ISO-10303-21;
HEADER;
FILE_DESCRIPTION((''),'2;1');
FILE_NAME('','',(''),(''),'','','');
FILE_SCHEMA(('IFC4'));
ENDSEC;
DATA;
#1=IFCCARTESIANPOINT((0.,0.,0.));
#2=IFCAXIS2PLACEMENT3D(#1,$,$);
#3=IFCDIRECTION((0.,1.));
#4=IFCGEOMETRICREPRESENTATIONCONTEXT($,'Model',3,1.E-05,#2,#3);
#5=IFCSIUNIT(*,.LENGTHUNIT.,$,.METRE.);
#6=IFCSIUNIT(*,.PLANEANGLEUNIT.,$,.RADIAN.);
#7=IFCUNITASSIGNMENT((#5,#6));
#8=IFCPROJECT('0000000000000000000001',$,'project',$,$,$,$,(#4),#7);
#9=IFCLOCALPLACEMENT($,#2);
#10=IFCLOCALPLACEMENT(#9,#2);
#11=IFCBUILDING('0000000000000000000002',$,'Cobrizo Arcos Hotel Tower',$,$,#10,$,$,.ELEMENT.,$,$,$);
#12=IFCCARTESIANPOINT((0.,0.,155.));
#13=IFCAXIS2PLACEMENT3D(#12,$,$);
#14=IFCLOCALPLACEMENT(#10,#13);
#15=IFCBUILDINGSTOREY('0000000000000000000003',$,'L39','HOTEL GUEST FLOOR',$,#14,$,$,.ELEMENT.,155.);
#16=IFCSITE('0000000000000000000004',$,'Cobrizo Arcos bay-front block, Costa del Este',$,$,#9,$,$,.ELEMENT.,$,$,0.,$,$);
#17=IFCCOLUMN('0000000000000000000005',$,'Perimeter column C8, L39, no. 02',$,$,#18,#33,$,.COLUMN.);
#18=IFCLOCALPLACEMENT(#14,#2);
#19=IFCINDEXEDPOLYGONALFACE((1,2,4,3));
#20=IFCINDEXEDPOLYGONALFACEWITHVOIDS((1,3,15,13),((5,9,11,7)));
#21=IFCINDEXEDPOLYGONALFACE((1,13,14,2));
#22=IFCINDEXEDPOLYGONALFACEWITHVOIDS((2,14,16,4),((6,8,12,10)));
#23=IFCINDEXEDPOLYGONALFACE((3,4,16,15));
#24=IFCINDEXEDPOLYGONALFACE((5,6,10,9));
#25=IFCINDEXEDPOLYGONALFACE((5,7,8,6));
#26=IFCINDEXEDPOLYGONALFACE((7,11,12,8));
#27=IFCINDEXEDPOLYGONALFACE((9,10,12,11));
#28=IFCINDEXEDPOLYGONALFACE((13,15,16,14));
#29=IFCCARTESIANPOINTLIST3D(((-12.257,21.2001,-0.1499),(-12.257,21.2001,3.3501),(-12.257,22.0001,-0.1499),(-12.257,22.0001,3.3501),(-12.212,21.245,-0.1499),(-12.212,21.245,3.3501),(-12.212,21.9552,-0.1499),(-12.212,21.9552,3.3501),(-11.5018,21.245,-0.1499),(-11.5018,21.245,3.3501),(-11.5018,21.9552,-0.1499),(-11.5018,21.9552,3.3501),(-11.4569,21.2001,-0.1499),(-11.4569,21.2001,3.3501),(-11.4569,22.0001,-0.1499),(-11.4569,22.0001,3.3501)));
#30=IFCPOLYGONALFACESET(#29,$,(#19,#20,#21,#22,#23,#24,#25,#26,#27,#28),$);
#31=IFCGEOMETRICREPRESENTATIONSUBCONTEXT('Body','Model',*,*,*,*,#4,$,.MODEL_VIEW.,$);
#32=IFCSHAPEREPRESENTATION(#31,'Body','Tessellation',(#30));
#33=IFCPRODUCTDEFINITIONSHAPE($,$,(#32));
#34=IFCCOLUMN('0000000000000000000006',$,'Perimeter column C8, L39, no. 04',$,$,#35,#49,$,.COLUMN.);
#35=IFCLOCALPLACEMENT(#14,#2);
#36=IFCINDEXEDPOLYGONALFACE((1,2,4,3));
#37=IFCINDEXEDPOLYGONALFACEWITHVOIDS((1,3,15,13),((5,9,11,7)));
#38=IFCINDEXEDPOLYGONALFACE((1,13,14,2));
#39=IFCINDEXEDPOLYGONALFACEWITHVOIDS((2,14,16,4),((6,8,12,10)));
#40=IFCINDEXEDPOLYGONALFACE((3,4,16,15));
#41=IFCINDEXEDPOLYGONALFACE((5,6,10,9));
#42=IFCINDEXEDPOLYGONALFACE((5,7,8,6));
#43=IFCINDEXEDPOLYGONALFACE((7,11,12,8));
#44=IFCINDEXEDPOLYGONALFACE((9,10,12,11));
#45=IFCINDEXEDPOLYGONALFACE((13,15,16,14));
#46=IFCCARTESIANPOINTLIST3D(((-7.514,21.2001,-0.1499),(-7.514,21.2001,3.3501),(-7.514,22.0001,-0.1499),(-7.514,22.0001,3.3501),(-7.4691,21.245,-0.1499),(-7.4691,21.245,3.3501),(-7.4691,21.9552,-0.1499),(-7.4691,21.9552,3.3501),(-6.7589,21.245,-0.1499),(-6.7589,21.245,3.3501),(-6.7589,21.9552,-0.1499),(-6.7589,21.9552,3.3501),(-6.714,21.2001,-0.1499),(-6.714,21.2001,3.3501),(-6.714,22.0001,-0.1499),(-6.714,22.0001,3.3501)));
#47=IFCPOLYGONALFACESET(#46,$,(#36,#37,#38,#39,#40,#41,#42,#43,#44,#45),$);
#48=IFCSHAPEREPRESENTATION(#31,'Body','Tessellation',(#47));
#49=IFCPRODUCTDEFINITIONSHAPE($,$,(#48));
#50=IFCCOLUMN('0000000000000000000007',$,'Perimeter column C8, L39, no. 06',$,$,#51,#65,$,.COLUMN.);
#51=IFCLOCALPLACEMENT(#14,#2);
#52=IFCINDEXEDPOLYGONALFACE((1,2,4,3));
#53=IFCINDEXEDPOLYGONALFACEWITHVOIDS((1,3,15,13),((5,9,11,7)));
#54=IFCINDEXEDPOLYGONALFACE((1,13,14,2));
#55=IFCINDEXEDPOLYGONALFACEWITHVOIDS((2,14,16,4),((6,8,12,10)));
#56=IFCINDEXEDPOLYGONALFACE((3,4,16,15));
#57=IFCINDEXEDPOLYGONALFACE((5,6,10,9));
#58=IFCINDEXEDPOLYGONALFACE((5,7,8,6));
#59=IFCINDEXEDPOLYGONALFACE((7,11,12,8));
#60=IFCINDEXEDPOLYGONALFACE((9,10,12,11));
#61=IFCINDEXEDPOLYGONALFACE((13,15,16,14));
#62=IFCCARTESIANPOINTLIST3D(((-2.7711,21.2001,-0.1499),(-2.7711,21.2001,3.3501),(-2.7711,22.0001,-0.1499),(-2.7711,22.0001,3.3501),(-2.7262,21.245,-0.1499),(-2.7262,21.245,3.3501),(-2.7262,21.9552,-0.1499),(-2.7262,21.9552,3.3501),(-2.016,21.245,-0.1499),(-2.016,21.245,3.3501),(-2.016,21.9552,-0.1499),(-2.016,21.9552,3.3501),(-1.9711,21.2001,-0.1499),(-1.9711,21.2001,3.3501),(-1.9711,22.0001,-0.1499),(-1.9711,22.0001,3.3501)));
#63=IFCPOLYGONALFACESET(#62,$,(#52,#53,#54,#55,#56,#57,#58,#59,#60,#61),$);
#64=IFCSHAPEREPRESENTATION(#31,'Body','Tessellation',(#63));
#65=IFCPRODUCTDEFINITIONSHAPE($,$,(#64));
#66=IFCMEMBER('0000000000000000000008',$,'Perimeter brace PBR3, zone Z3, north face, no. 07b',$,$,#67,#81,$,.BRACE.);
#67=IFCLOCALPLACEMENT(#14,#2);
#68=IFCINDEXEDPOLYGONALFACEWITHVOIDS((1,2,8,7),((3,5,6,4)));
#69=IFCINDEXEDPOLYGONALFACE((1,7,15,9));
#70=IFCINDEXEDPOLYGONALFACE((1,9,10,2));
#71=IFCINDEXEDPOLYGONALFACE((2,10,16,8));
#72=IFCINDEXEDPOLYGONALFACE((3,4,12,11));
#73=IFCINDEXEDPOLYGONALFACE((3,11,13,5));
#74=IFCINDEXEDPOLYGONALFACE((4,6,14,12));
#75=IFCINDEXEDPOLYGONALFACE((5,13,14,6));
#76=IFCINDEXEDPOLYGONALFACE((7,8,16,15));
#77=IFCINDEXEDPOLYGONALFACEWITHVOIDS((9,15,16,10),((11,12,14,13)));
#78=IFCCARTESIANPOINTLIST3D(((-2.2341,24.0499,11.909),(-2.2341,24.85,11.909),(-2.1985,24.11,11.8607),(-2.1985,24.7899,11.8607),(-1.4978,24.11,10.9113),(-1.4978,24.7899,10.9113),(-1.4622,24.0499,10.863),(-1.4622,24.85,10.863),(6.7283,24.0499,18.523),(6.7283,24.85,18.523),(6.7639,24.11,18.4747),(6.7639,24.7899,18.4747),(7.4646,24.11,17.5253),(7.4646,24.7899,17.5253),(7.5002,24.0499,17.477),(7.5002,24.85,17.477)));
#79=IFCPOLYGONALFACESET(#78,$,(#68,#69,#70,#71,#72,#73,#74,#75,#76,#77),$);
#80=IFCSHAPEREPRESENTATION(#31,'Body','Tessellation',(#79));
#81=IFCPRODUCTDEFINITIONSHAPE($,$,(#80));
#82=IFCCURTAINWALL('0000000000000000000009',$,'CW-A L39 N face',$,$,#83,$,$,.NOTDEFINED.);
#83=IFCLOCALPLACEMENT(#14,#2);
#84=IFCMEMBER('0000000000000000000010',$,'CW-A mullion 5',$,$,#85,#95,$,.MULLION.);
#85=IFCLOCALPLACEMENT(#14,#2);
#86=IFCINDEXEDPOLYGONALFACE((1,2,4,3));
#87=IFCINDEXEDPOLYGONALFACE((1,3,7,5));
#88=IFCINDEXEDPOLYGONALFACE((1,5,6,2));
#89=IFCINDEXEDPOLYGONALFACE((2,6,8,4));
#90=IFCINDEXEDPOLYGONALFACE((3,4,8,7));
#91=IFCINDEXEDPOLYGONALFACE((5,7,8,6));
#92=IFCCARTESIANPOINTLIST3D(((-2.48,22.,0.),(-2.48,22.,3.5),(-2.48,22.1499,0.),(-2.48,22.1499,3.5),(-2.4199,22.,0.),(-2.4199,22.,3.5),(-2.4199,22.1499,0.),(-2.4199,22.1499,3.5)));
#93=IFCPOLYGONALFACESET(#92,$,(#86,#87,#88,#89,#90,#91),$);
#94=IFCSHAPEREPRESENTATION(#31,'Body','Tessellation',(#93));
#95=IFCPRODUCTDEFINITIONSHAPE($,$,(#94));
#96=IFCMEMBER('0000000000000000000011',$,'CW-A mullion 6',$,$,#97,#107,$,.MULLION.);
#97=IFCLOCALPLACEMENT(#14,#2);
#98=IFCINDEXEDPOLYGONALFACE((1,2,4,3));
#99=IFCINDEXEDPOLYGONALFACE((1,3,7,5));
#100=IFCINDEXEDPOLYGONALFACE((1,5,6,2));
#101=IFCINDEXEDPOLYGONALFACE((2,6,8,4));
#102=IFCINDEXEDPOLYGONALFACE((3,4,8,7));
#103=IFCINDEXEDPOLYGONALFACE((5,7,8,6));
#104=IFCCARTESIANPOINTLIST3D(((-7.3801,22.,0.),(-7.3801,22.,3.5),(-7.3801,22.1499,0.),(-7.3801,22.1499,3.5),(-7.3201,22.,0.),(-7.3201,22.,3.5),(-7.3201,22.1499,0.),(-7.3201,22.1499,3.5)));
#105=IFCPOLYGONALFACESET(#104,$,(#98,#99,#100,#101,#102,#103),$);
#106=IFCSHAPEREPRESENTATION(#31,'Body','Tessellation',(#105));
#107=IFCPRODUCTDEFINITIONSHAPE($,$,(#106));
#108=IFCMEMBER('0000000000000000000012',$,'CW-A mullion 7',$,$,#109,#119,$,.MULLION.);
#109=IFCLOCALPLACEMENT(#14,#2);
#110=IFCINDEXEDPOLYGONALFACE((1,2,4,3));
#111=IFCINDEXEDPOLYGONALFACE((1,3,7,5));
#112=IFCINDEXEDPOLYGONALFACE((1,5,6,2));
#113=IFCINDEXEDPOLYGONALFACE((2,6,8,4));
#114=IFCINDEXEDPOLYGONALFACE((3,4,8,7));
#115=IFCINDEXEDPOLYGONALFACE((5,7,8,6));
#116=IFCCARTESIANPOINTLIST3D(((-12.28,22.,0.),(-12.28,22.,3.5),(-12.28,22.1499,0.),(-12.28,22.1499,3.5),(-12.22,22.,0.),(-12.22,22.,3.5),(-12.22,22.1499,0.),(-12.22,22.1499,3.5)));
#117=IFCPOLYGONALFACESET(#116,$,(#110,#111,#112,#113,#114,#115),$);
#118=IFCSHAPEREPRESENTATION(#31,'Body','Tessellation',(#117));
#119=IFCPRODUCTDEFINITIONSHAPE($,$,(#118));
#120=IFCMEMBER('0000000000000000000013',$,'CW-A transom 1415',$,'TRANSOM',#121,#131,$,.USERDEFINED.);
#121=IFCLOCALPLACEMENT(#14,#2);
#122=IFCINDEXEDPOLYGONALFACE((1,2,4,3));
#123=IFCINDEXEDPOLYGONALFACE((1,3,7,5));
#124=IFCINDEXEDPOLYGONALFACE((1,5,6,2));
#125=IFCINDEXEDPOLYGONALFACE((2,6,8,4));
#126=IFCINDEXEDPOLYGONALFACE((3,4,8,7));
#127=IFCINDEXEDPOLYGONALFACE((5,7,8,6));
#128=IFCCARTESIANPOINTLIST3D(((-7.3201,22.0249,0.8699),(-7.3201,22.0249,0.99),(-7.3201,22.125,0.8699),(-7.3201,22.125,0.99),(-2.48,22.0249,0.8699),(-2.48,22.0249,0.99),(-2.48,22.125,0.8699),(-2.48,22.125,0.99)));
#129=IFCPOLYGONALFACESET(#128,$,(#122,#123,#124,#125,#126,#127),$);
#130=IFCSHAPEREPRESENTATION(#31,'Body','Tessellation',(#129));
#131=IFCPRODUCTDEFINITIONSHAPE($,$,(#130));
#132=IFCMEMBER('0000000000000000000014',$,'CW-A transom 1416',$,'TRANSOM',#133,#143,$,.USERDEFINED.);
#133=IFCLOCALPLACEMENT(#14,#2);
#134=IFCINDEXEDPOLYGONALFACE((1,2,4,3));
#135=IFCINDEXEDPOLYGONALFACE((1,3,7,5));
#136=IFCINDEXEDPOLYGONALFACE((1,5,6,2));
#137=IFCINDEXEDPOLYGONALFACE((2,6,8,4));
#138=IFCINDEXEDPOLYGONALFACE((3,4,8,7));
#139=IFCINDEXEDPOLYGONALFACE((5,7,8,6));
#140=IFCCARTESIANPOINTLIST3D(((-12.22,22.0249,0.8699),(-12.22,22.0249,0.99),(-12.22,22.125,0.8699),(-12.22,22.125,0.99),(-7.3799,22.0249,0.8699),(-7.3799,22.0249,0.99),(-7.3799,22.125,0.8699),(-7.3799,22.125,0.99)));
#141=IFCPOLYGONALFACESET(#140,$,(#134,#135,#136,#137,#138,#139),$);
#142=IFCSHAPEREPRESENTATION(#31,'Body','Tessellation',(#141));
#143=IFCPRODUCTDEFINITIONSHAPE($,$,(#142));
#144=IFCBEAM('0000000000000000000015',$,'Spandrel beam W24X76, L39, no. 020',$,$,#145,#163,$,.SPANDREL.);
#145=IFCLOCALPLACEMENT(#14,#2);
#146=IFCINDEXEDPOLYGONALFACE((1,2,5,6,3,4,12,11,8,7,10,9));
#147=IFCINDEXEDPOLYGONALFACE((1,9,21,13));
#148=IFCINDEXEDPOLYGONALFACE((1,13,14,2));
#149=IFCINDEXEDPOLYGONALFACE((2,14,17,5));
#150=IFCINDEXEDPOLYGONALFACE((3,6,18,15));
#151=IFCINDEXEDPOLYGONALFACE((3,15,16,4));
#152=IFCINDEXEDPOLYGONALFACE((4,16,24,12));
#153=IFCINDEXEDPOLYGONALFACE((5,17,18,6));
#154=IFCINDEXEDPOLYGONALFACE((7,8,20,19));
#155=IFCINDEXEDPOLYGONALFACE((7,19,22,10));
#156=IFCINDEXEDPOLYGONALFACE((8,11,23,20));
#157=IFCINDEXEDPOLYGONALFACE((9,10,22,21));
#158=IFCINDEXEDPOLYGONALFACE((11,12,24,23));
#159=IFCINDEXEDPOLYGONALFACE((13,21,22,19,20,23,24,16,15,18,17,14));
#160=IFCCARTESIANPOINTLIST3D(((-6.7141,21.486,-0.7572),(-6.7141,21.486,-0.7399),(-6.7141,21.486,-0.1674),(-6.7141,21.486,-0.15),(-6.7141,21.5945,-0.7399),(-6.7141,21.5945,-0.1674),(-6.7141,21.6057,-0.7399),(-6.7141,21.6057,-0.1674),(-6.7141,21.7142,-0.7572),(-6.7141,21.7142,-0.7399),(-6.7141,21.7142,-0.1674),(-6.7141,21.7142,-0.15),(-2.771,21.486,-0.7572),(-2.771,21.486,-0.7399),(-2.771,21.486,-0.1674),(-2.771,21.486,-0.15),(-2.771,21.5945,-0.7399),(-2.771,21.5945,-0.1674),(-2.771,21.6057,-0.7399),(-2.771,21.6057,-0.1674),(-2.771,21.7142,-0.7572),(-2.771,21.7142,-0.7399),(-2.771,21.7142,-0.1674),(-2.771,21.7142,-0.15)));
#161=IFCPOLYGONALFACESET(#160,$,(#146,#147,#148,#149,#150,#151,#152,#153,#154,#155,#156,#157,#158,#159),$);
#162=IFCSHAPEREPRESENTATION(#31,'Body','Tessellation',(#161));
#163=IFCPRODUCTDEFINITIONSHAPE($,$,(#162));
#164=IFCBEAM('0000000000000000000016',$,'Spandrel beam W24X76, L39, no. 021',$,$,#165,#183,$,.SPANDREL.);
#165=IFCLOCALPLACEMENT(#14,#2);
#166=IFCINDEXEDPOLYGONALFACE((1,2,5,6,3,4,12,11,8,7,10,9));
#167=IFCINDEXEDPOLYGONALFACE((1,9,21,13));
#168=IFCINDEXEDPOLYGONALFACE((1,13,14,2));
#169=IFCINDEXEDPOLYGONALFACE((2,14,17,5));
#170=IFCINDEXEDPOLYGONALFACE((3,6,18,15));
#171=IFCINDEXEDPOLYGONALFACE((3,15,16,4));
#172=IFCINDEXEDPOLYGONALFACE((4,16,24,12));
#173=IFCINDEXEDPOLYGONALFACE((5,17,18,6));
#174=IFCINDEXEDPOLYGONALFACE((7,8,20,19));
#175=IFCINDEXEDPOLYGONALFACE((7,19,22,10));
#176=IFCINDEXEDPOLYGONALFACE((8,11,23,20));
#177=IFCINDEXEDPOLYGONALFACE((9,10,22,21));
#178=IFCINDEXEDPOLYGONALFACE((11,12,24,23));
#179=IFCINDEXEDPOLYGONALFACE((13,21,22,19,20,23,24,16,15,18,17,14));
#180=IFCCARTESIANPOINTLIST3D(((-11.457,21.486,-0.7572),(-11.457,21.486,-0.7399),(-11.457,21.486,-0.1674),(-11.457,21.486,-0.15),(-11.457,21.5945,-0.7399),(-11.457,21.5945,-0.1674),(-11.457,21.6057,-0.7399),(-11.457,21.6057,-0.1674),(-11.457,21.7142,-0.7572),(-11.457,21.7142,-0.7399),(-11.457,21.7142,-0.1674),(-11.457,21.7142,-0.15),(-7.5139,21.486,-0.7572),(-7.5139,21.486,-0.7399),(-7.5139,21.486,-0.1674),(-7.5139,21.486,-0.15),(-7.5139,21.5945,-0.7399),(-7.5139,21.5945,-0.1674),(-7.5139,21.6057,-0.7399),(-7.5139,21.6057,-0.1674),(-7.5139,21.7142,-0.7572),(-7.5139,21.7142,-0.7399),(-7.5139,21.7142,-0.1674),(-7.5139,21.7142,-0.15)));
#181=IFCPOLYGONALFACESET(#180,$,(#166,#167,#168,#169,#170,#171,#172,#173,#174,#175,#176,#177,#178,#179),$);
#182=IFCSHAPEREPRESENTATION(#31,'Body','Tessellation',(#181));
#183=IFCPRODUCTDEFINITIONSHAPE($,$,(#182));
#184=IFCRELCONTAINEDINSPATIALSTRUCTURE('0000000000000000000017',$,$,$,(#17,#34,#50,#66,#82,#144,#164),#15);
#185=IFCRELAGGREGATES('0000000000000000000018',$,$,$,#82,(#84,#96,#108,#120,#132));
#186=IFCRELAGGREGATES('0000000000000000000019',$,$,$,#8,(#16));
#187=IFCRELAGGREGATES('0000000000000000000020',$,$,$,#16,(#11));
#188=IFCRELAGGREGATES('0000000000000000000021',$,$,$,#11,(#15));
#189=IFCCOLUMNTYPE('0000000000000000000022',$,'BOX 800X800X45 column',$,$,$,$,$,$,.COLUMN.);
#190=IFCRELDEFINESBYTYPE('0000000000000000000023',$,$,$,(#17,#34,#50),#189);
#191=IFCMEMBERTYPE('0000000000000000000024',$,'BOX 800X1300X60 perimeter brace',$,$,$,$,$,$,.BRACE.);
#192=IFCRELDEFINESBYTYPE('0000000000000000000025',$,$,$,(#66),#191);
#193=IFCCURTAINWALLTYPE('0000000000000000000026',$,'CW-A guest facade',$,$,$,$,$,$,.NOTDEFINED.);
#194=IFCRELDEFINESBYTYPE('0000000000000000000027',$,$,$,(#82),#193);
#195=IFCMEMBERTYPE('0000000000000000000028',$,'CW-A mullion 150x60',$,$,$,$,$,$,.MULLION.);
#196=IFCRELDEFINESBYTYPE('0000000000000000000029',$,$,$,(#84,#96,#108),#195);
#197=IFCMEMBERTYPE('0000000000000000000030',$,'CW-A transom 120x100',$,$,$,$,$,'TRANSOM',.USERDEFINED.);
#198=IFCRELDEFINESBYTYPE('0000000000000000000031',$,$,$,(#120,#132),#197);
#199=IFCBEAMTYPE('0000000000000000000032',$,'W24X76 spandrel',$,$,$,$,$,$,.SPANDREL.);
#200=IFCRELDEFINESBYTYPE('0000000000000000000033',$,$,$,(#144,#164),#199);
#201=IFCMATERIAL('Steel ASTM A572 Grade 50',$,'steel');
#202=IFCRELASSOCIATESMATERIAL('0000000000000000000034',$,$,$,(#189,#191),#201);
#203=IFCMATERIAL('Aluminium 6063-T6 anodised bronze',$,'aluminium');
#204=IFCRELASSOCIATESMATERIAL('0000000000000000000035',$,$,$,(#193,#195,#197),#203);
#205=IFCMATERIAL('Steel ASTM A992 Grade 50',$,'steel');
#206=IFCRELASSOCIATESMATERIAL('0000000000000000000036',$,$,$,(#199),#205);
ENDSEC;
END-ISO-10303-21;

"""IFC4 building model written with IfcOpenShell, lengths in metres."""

from ifc_helpers import new_model, si_unit, direction, frame, origin, origin_2d, place, context, subcontext, project, spatial, rectangle, hollow_rectangle, i_section, extrude, material, material_profile, profile_set, type_object, element, aggregate, save


model = new_model("IFC4")

# Units and contexts
model_context = context("Model", 3, precision=1e-05, world=origin(), true_north=direction((0.0, 1.0)))
body_context = subcontext(model_context, "Body", "Model", "MODEL_VIEW")
ifc_project = project(units=[si_unit("LENGTHUNIT", "METRE"), si_unit("PLANEANGLEUNIT", "RADIAN")], contexts=[model_context])

# Site, building, storey
site_placement = place(None, origin())
site = spatial("IfcSite", under=ifc_project, at=site_placement, Name="Cobrizo Arcos bay-front block, Costa del Este", CompositionType="ELEMENT", RefElevation=0.0)
building_placement = place(site_placement, origin())
building = spatial("IfcBuilding", under=site, at=building_placement, Name="Cobrizo Arcos Hotel Tower", CompositionType="ELEMENT")
storey_placement = place(building_placement, frame((0.0, 0.0, 155.0)))
storey = spatial("IfcBuildingStorey", under=building, at=storey_placement, Name="L39", Description="HOTEL GUEST FLOOR", CompositionType="ELEMENT", Elevation=155.0)

# Columns
ifc_material_1 = material(Name="Steel ASTM A572 Grade 50", Category="steel")
ifc_material_profile_1 = material_profile(ifc_material_1, hollow_rectangle(XDim=0.8, YDim=0.8, WallThickness=0.0449, at=origin_2d()), Name="BOX 800X800X45")
ifc_profile_set_1 = profile_set([ifc_material_profile_1], Name="Steel ASTM A572 Grade 50")
column_type = type_object("IfcColumnType", Name="BOX 800X800X45 column", PredefinedType="COLUMN", material=ifc_profile_set_1)
for number, where, z_axis, x_axis, name in (
    (1, (-11.8569, 21.6001, -0.1499), (0.0, 0.0, 1.0), (1.0, 0.0, 0.0), "Perimeter column C8, L39, no. 02"),
    (2, (-7.114, 21.6001, -0.1499), (0.0, 0.0, 1.0), (1.0, 0.0, 0.0), "Perimeter column C8, L39, no. 04"),
    (3, (-2.3711, 21.6001, -0.1499), (0.0, 0.0, 1.0), (1.0, 0.0, 0.0), "Perimeter column C8, L39, no. 06"),
):
    element("IfcColumn", number, at=place(storey_placement, frame(where, z_axis=z_axis, x_axis=x_axis)), inside=storey, type_object=column_type, Name=name, PredefinedType="COLUMN", context=body_context, shape_type="SweptSolid", body=[
        extrude(hollow_rectangle(XDim=0.8, YDim=0.8, WallThickness=0.0449, at=origin_2d()), origin(), (0.0, 0.0, 1.0), 3.5),
    ])

# Member
ifc_material_profile_2 = material_profile(ifc_material_1, hollow_rectangle(XDim=0.8, YDim=1.3, WallThickness=0.0601, at=origin_2d()), Name="BOX 800X1300X60")
ifc_profile_set_2 = profile_set([ifc_material_profile_2], Name="Steel ASTM A572 Grade 50")
member_type_1 = type_object("IfcMemberType", Name="BOX 800X1300X60 perimeter brace", PredefinedType="BRACE", material=ifc_profile_set_2)
member_1_placement = place(storey_placement, frame((-1.8481, 24.45, 11.386), z_axis=(0.804621, 0.0, 0.593789), x_axis=(0.0, 1.0, 0.0)))
element("IfcMember", 4, at=member_1_placement, inside=storey, type_object=member_type_1, Name="Perimeter brace PBR3, zone Z3, north face, no. 07b", PredefinedType="BRACE", context=body_context, shape_type="SweptSolid", body=[
    extrude(hollow_rectangle(XDim=0.8, YDim=1.3, WallThickness=0.0601, at=origin_2d()), origin(), (0.0, 0.0, 1.0), 11.1387),
])

# Curtain wall, members
ifc_material_2 = material(Name="Aluminium 6063-T6 anodised bronze", Category="aluminium")
curtain_wall_type = type_object("IfcCurtainWallType", Name="CW-A guest facade", PredefinedType="NOTDEFINED", material=ifc_material_2)
curtain_wall_placement = place(storey_placement, origin())
curtain_wall = element("IfcCurtainWall", 5, at=curtain_wall_placement, inside=storey, type_object=curtain_wall_type, Name="CW-A L39 N face", PredefinedType="NOTDEFINED")
ifc_material_profile_3 = material_profile(ifc_material_2, rectangle(XDim=0.1499, YDim=0.0601, at=origin_2d()), Name="CW-A mullion 150x60")
ifc_profile_set_3 = profile_set([ifc_material_profile_3], Name="Aluminium 6063-T6 anodised bronze")
member_type_2 = type_object("IfcMemberType", Name="CW-A mullion 150x60", PredefinedType="MULLION", material=ifc_profile_set_3)
member_2_placement = place(storey_placement, frame((-2.45, 22.075, 0.0), z_axis=(0.0, 0.0, 1.0), x_axis=(0.0, 1.0, 0.0)))
member_2 = element("IfcMember", 6, at=member_2_placement, type_object=member_type_2, Name="CW-A mullion 5", PredefinedType="MULLION", context=body_context, shape_type="SweptSolid", body=[
    extrude(rectangle(XDim=0.1499, YDim=0.0601, at=origin_2d()), origin(), (0.0, 0.0, 1.0), 3.5),
])
member_3_placement = place(storey_placement, frame((-7.3501, 22.075, 0.0), z_axis=(0.0, 0.0, 1.0), x_axis=(0.0, 1.0, 0.0)))
member_3 = element("IfcMember", 7, at=member_3_placement, type_object=member_type_2, Name="CW-A mullion 6", PredefinedType="MULLION", context=body_context, shape_type="SweptSolid", body=[
    extrude(rectangle(XDim=0.1499, YDim=0.0601, at=origin_2d()), origin(), (0.0, 0.0, 1.0), 3.5),
])
member_4_placement = place(storey_placement, frame((-12.25, 22.075, 0.0), z_axis=(0.0, 0.0, 1.0), x_axis=(0.0, 1.0, 0.0)))
member_4 = element("IfcMember", 8, at=member_4_placement, type_object=member_type_2, Name="CW-A mullion 7", PredefinedType="MULLION", context=body_context, shape_type="SweptSolid", body=[
    extrude(rectangle(XDim=0.1499, YDim=0.0601, at=origin_2d()), origin(), (0.0, 0.0, 1.0), 3.5),
])
ifc_material_profile_4 = material_profile(ifc_material_2, rectangle(XDim=0.1001, YDim=0.1201, at=origin_2d()), Name="CW-A transom 120x100")
ifc_profile_set_4 = profile_set([ifc_material_profile_4], Name="Aluminium 6063-T6 anodised bronze")
member_type_3 = type_object("IfcMemberType", Name="CW-A transom 120x100", ElementType="TRANSOM", PredefinedType="USERDEFINED", material=ifc_profile_set_4)
member_5_placement = place(storey_placement, frame((-2.48, 22.075, 0.9299), z_axis=(-1.0, 0.0, 0.0), x_axis=(0.0, -1.0, 0.0)))
member_5 = element("IfcMember", 9, at=member_5_placement, type_object=member_type_3, Name="CW-A transom 1415", ObjectType="TRANSOM", PredefinedType="USERDEFINED", context=body_context, shape_type="SweptSolid", body=[
    extrude(rectangle(XDim=0.1001, YDim=0.1201, at=origin_2d()), origin(), (0.0, 0.0, 1.0), 4.8401),
])
member_6_placement = place(storey_placement, frame((-7.3799, 22.075, 0.9299), z_axis=(-1.0, 0.0, 0.0), x_axis=(0.0, -1.0, 0.0)))
member_6 = element("IfcMember", 10, at=member_6_placement, type_object=member_type_3, Name="CW-A transom 1416", ObjectType="TRANSOM", PredefinedType="USERDEFINED", context=body_context, shape_type="SweptSolid", body=[
    extrude(rectangle(XDim=0.1001, YDim=0.1201, at=origin_2d()), origin(), (0.0, 0.0, 1.0), 4.8401),
])

# Beams
ifc_material_3 = material(Name="Steel ASTM A992 Grade 50", Category="steel")
ifc_material_profile_5 = material_profile(ifc_material_3, i_section(OverallWidth=0.2283, OverallDepth=0.6072, WebThickness=0.0112, FlangeThickness=0.0173, at=origin_2d()), Name="W24X76")
ifc_profile_set_5 = profile_set([ifc_material_profile_5], Name="Steel ASTM A992 Grade 50")
beam_type = type_object("IfcBeamType", Name="W24X76 spandrel", PredefinedType="SPANDREL", material=ifc_profile_set_5)
for number, where, z_axis, x_axis, name in (
    (11, (-2.771, 21.6001, -0.4536), (-1.0, 0.0, 0.0), (0.0, -1.0, 0.0), "Spandrel beam W24X76, L39, no. 020"),
    (12, (-7.5139, 21.6001, -0.4536), (-1.0, 0.0, 0.0), (0.0, -1.0, 0.0), "Spandrel beam W24X76, L39, no. 021"),
):
    element("IfcBeam", number, at=place(storey_placement, frame(where, z_axis=z_axis, x_axis=x_axis)), inside=storey, type_object=beam_type, Name=name, PredefinedType="SPANDREL", context=body_context, shape_type="SweptSolid", body=[
        extrude(i_section(OverallWidth=0.2283, OverallDepth=0.6072, WebThickness=0.0112, FlangeThickness=0.0173, at=origin_2d()), origin(), (0.0, 0.0, 1.0), 3.9431),
    ])

aggregate(curtain_wall, [member_2, member_3, member_4, member_5, member_6])

save(model, "model.ifc")
